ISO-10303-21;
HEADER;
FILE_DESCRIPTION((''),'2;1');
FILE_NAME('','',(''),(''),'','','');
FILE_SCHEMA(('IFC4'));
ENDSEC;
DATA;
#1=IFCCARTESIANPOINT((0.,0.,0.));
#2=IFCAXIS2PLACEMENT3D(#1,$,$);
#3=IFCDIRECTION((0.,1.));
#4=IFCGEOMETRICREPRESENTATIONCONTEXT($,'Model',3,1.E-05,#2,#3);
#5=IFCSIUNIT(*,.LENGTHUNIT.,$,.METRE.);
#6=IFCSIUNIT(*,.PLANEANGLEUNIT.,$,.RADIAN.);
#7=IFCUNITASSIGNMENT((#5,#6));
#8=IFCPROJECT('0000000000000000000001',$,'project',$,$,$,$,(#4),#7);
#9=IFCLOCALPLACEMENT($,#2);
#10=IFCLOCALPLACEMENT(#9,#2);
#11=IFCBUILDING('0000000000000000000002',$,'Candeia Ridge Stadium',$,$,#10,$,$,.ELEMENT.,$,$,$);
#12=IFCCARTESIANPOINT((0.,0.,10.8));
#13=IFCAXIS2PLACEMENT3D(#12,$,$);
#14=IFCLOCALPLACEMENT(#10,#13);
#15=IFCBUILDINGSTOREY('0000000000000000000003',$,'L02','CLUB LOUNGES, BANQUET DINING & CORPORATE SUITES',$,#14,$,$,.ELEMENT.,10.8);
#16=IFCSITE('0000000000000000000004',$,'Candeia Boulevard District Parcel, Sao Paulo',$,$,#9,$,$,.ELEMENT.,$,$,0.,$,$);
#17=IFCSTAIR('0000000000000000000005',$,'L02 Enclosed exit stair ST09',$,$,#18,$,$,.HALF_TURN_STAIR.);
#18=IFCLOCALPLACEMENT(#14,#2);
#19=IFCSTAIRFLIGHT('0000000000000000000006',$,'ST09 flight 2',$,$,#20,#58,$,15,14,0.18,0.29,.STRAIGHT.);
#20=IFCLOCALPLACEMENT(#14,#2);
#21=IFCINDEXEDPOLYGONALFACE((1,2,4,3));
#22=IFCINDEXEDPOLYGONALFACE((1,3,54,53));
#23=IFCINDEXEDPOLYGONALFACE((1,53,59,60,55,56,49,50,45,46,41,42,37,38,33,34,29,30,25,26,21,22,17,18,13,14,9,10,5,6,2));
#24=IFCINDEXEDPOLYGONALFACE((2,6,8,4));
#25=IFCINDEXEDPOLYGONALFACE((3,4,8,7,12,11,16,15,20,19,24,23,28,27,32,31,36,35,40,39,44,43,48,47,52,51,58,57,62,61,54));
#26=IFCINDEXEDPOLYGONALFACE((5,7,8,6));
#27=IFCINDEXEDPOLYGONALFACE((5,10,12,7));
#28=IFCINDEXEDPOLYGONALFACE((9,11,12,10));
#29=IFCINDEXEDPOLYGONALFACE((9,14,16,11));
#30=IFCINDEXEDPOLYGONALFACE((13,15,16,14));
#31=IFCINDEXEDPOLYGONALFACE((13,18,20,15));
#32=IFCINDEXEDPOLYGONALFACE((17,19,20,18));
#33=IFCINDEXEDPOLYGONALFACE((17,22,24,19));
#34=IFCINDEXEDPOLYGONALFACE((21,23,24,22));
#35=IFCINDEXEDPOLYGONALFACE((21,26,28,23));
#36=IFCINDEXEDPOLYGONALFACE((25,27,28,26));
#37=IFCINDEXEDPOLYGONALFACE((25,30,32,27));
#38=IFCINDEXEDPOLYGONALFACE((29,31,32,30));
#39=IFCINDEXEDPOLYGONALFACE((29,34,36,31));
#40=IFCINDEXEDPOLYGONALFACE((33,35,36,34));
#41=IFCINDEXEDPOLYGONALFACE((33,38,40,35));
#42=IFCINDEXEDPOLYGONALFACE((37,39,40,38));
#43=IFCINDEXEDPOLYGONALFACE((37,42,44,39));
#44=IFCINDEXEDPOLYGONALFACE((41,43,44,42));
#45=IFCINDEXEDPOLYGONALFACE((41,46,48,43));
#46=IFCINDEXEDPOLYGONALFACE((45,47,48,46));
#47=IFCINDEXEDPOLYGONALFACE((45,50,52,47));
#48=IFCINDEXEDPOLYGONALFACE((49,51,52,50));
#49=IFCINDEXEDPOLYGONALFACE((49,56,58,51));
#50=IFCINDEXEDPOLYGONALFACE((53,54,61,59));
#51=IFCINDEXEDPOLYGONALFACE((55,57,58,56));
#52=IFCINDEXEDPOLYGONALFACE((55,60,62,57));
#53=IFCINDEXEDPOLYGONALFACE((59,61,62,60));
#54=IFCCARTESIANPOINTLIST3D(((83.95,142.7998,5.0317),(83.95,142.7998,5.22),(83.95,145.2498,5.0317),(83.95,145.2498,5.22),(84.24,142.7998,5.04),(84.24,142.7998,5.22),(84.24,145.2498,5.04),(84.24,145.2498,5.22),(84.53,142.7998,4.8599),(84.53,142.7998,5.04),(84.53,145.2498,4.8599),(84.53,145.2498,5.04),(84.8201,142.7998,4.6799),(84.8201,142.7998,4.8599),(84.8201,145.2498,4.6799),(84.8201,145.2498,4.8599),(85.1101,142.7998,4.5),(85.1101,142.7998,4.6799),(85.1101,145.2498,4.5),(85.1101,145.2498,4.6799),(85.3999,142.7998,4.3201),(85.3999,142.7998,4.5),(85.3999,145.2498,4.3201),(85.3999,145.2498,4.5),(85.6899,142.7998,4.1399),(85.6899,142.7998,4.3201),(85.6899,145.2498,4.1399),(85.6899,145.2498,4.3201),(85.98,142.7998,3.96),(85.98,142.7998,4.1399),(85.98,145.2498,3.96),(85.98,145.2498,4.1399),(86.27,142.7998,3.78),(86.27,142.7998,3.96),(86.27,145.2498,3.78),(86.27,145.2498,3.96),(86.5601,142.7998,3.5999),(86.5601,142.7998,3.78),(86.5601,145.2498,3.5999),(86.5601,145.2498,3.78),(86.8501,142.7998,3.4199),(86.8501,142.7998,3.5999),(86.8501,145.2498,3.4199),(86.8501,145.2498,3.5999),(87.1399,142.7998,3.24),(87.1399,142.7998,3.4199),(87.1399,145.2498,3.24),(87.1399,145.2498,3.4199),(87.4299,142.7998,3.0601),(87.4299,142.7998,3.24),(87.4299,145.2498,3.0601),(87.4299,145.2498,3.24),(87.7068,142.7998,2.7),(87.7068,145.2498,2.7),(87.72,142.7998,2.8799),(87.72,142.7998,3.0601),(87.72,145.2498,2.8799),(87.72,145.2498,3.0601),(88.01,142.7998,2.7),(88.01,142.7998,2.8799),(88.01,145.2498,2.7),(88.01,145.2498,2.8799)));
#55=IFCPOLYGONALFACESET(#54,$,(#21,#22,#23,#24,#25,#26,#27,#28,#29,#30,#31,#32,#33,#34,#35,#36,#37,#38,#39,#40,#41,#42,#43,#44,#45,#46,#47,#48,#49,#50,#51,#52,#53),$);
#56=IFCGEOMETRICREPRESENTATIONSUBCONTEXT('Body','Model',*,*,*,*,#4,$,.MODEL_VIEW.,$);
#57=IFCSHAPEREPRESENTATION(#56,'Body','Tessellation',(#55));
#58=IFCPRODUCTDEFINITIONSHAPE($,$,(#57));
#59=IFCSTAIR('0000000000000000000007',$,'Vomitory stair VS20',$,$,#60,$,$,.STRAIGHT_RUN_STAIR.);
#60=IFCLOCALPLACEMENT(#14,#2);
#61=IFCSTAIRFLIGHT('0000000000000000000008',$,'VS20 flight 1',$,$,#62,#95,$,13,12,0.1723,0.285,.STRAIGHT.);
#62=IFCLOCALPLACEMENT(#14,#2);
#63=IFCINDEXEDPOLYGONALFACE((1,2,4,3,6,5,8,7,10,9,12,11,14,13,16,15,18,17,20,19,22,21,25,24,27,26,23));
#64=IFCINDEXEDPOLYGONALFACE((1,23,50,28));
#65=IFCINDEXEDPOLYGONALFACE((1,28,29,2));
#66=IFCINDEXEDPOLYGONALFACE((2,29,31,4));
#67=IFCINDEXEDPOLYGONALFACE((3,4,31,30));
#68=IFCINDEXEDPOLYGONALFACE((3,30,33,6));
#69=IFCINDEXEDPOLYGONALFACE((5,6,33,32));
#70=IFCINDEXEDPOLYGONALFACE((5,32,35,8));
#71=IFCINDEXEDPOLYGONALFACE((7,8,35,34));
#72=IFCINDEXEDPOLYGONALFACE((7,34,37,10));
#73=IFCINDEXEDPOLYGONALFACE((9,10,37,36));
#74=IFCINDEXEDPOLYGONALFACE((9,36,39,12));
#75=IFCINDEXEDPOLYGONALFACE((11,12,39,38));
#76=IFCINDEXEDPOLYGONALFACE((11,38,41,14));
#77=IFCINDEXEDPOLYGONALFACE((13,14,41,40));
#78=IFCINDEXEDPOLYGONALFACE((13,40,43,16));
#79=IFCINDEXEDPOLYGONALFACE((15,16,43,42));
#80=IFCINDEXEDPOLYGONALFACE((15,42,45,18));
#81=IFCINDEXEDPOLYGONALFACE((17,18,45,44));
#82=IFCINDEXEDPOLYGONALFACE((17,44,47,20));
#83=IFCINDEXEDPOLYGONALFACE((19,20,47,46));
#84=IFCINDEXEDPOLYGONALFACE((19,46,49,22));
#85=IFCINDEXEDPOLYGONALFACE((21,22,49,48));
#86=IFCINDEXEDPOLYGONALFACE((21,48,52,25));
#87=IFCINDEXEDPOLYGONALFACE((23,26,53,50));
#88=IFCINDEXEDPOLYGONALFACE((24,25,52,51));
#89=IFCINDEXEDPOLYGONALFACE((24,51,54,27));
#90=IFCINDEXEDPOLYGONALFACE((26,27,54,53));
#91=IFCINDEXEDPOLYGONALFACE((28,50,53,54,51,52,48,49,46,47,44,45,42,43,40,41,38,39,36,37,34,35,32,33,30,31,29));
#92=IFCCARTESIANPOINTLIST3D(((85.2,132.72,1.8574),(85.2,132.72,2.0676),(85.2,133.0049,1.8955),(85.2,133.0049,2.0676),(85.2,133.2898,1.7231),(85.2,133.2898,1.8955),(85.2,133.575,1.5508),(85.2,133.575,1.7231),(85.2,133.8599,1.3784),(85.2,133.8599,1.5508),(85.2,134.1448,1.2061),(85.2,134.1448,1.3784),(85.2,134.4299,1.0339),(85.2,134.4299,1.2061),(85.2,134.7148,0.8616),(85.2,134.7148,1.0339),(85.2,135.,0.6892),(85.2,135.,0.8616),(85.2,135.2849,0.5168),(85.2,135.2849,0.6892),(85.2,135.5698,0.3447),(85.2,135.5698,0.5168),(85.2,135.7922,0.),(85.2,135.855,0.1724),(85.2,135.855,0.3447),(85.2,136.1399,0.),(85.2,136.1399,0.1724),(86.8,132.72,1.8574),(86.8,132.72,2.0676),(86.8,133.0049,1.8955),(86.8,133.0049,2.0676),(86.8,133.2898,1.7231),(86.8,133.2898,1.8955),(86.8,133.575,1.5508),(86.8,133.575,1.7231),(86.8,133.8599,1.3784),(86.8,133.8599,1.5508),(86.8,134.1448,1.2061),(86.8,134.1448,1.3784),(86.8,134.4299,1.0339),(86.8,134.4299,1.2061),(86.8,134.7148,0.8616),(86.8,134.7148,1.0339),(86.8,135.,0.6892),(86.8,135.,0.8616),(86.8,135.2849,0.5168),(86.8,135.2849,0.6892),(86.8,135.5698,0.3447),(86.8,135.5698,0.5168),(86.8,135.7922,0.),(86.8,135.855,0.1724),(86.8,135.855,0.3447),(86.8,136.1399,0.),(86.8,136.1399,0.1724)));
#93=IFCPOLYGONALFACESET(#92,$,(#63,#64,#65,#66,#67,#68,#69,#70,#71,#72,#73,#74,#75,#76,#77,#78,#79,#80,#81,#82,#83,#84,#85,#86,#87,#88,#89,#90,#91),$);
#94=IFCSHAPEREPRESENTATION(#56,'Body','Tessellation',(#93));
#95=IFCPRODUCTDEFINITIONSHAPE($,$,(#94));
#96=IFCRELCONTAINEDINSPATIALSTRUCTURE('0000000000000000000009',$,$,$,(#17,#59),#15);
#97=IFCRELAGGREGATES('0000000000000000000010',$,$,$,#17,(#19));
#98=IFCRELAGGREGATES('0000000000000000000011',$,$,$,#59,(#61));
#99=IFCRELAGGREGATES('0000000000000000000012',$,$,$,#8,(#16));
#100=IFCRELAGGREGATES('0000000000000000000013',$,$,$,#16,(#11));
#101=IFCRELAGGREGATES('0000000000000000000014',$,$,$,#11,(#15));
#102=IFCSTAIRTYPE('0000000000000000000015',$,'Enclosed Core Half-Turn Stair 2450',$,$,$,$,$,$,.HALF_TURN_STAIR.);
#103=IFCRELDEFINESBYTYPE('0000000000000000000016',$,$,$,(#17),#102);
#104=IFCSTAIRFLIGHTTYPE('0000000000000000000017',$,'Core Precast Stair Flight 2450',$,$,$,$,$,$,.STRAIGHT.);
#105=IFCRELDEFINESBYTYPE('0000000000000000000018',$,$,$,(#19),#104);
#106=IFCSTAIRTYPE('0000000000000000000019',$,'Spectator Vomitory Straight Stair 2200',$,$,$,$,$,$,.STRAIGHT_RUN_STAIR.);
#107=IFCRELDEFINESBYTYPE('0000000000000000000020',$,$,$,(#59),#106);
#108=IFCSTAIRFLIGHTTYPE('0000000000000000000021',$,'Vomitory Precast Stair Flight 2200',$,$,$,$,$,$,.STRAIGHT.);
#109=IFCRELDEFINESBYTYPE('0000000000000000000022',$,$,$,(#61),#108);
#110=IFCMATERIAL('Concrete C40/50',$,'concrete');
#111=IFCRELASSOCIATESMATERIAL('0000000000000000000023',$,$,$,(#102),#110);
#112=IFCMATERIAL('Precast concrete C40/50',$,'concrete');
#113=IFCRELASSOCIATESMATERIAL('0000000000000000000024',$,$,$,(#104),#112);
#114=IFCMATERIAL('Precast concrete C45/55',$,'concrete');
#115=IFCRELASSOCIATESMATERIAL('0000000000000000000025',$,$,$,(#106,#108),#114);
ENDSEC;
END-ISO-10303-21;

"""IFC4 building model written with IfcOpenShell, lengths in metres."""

from ifc_helpers import new_model, si_unit, direction, frame, origin, place, context, subcontext, project, spatial, polyline, outline, extrude, material, type_object, element, aggregate, save


model = new_model("IFC4")

# Units and contexts
model_context = context("Model", 3, precision=1e-05, world=origin(), true_north=direction((0.0, 1.0)))
body_context = subcontext(model_context, "Body", "Model", "MODEL_VIEW")
ifc_project = project(units=[si_unit("LENGTHUNIT", "METRE"), si_unit("PLANEANGLEUNIT", "RADIAN")], contexts=[model_context])

# Site, building, storey
site_placement = place(None, origin())
site = spatial("IfcSite", under=ifc_project, at=site_placement, Name="Candeia Boulevard District Parcel, Sao Paulo", CompositionType="ELEMENT", RefElevation=0.0)
building_placement = place(site_placement, origin())
building = spatial("IfcBuilding", under=site, at=building_placement, Name="Candeia Ridge Stadium", CompositionType="ELEMENT")
storey_placement = place(building_placement, frame((0.0, 0.0, 10.8)))
storey = spatial("IfcBuildingStorey", under=building, at=storey_placement, Name="L02", Description="CLUB LOUNGES, BANQUET DINING & CORPORATE SUITES", CompositionType="ELEMENT", Elevation=10.8)

# Shared definitions
ifc_material_1 = material(Name="Concrete C40/50", Category="concrete")

# Stairs, stair flights
stair_type_1 = type_object("IfcStairType", Name="Enclosed Core Half-Turn Stair 2450", PredefinedType="HALF_TURN_STAIR", material=ifc_material_1)
stair_1_placement = place(storey_placement, origin())
stair_1 = element("IfcStair", 1, at=stair_1_placement, inside=storey, type_object=stair_type_1, Name="L02 Enclosed exit stair ST09", PredefinedType="HALF_TURN_STAIR")
ifc_material_2 = material(Name="Precast concrete C40/50", Category="concrete")
stair_flight_type_1 = type_object("IfcStairFlightType", Name="Core Precast Stair Flight 2450", PredefinedType="STRAIGHT", material=ifc_material_2)
stair_flight_1_placement = place(storey_placement, frame((88.01, 144.0249, 2.7), z_axis=(0.0, 0.0, 1.0), x_axis=(-1.0, 0.0, 0.0)))
stair_flight_1 = element("IfcStairFlight", 2, at=stair_flight_1_placement, type_object=stair_flight_type_1, Name="ST09 flight 2", NumberOfRisers=15, NumberOfTreads=14, PredefinedType="STRAIGHT", RiserHeight=0.18, TreadLength=0.29, context=body_context, shape_type="SweptSolid", body=[
    extrude(outline(polyline([(0.0, 0.0), (0.0, 0.1799), (0.29, 0.1799), (0.29, 0.3601), (0.5801, 0.3601), (0.5801, 0.54), (0.8701, 0.54), (0.8701, 0.72), (1.1599, 0.72), (1.1599, 0.8999), (1.45, 0.8999), (1.45, 1.0801), (1.74, 1.0801), (1.74, 1.26), (2.03, 1.26), (2.03, 1.4399), (2.3201, 1.4399), (2.3201, 1.6201), (2.6101, 1.6201), (2.6101, 1.8), (2.8999, 1.8), (2.8999, 1.98), (3.1899, 1.98), (3.1899, 2.1599), (3.48, 2.1599), (3.48, 2.3401), (3.77, 2.3401), (3.77, 2.52), (4.0601, 2.52), (4.0601, 2.7), (4.0601, 2.3318), (0.3032, 0.0), (0.0, 0.0)])), frame((0.0, 1.2251, 0.0), z_axis=(0.0, -1.0, 0.0), x_axis=(1.0, 0.0, 0.0)), (0.0, 0.0, 1.0), 2.45),
])
aggregate(stair_1, [stair_flight_1])
ifc_material_3 = material(Name="Precast concrete C45/55", Category="concrete")
stair_type_2 = type_object("IfcStairType", Name="Spectator Vomitory Straight Stair 2200", PredefinedType="STRAIGHT_RUN_STAIR", material=ifc_material_3)
stair_2_placement = place(storey_placement, origin())
stair_2 = element("IfcStair", 3, at=stair_2_placement, inside=storey, type_object=stair_type_2, Name="Vomitory stair VS20", PredefinedType="STRAIGHT_RUN_STAIR")
stair_flight_type_2 = type_object("IfcStairFlightType", Name="Vomitory Precast Stair Flight 2200", PredefinedType="STRAIGHT", material=ifc_material_3)
stair_flight_2_placement = place(storey_placement, frame((86.0, 136.1399, 0.0), z_axis=(0.0, 0.0, 1.0), x_axis=(0.0, -1.0, 0.0)))
stair_flight_2 = element("IfcStairFlight", 4, at=stair_flight_2_placement, type_object=stair_flight_type_2, Name="VS20 flight 1", NumberOfRisers=13, NumberOfTreads=12, PredefinedType="STRAIGHT", RiserHeight=0.1723, TreadLength=0.285, context=body_context, shape_type="SweptSolid", body=[
    extrude(outline(polyline([(0.0, 0.0), (0.0, 0.1724), (0.2849, 0.1724), (0.2849, 0.3447), (0.5701, 0.3447), (0.5701, 0.5168), (0.855, 0.5168), (0.855, 0.6892), (1.1399, 0.6892), (1.1399, 0.8616), (1.425, 0.8616), (1.425, 1.0339), (1.71, 1.0339), (1.71, 1.2061), (1.9951, 1.2061), (1.9951, 1.3784), (2.28, 1.3784), (2.28, 1.5508), (2.5649, 1.5508), (2.5649, 1.7231), (2.8501, 1.7231), (2.8501, 1.8955), (3.135, 1.8955), (3.135, 2.0676), (3.4199, 2.0676), (3.4199, 2.24), (3.4199, 1.8574), (0.3477, 0.0), (0.0, 0.0)])), frame((0.0, 0.8, 0.0), z_axis=(0.0, -1.0, 0.0), x_axis=(1.0, 0.0, 0.0)), (0.0, 0.0, 1.0), 1.6001),
])
aggregate(stair_2, [stair_flight_2])

save(model, "model.ifc")
